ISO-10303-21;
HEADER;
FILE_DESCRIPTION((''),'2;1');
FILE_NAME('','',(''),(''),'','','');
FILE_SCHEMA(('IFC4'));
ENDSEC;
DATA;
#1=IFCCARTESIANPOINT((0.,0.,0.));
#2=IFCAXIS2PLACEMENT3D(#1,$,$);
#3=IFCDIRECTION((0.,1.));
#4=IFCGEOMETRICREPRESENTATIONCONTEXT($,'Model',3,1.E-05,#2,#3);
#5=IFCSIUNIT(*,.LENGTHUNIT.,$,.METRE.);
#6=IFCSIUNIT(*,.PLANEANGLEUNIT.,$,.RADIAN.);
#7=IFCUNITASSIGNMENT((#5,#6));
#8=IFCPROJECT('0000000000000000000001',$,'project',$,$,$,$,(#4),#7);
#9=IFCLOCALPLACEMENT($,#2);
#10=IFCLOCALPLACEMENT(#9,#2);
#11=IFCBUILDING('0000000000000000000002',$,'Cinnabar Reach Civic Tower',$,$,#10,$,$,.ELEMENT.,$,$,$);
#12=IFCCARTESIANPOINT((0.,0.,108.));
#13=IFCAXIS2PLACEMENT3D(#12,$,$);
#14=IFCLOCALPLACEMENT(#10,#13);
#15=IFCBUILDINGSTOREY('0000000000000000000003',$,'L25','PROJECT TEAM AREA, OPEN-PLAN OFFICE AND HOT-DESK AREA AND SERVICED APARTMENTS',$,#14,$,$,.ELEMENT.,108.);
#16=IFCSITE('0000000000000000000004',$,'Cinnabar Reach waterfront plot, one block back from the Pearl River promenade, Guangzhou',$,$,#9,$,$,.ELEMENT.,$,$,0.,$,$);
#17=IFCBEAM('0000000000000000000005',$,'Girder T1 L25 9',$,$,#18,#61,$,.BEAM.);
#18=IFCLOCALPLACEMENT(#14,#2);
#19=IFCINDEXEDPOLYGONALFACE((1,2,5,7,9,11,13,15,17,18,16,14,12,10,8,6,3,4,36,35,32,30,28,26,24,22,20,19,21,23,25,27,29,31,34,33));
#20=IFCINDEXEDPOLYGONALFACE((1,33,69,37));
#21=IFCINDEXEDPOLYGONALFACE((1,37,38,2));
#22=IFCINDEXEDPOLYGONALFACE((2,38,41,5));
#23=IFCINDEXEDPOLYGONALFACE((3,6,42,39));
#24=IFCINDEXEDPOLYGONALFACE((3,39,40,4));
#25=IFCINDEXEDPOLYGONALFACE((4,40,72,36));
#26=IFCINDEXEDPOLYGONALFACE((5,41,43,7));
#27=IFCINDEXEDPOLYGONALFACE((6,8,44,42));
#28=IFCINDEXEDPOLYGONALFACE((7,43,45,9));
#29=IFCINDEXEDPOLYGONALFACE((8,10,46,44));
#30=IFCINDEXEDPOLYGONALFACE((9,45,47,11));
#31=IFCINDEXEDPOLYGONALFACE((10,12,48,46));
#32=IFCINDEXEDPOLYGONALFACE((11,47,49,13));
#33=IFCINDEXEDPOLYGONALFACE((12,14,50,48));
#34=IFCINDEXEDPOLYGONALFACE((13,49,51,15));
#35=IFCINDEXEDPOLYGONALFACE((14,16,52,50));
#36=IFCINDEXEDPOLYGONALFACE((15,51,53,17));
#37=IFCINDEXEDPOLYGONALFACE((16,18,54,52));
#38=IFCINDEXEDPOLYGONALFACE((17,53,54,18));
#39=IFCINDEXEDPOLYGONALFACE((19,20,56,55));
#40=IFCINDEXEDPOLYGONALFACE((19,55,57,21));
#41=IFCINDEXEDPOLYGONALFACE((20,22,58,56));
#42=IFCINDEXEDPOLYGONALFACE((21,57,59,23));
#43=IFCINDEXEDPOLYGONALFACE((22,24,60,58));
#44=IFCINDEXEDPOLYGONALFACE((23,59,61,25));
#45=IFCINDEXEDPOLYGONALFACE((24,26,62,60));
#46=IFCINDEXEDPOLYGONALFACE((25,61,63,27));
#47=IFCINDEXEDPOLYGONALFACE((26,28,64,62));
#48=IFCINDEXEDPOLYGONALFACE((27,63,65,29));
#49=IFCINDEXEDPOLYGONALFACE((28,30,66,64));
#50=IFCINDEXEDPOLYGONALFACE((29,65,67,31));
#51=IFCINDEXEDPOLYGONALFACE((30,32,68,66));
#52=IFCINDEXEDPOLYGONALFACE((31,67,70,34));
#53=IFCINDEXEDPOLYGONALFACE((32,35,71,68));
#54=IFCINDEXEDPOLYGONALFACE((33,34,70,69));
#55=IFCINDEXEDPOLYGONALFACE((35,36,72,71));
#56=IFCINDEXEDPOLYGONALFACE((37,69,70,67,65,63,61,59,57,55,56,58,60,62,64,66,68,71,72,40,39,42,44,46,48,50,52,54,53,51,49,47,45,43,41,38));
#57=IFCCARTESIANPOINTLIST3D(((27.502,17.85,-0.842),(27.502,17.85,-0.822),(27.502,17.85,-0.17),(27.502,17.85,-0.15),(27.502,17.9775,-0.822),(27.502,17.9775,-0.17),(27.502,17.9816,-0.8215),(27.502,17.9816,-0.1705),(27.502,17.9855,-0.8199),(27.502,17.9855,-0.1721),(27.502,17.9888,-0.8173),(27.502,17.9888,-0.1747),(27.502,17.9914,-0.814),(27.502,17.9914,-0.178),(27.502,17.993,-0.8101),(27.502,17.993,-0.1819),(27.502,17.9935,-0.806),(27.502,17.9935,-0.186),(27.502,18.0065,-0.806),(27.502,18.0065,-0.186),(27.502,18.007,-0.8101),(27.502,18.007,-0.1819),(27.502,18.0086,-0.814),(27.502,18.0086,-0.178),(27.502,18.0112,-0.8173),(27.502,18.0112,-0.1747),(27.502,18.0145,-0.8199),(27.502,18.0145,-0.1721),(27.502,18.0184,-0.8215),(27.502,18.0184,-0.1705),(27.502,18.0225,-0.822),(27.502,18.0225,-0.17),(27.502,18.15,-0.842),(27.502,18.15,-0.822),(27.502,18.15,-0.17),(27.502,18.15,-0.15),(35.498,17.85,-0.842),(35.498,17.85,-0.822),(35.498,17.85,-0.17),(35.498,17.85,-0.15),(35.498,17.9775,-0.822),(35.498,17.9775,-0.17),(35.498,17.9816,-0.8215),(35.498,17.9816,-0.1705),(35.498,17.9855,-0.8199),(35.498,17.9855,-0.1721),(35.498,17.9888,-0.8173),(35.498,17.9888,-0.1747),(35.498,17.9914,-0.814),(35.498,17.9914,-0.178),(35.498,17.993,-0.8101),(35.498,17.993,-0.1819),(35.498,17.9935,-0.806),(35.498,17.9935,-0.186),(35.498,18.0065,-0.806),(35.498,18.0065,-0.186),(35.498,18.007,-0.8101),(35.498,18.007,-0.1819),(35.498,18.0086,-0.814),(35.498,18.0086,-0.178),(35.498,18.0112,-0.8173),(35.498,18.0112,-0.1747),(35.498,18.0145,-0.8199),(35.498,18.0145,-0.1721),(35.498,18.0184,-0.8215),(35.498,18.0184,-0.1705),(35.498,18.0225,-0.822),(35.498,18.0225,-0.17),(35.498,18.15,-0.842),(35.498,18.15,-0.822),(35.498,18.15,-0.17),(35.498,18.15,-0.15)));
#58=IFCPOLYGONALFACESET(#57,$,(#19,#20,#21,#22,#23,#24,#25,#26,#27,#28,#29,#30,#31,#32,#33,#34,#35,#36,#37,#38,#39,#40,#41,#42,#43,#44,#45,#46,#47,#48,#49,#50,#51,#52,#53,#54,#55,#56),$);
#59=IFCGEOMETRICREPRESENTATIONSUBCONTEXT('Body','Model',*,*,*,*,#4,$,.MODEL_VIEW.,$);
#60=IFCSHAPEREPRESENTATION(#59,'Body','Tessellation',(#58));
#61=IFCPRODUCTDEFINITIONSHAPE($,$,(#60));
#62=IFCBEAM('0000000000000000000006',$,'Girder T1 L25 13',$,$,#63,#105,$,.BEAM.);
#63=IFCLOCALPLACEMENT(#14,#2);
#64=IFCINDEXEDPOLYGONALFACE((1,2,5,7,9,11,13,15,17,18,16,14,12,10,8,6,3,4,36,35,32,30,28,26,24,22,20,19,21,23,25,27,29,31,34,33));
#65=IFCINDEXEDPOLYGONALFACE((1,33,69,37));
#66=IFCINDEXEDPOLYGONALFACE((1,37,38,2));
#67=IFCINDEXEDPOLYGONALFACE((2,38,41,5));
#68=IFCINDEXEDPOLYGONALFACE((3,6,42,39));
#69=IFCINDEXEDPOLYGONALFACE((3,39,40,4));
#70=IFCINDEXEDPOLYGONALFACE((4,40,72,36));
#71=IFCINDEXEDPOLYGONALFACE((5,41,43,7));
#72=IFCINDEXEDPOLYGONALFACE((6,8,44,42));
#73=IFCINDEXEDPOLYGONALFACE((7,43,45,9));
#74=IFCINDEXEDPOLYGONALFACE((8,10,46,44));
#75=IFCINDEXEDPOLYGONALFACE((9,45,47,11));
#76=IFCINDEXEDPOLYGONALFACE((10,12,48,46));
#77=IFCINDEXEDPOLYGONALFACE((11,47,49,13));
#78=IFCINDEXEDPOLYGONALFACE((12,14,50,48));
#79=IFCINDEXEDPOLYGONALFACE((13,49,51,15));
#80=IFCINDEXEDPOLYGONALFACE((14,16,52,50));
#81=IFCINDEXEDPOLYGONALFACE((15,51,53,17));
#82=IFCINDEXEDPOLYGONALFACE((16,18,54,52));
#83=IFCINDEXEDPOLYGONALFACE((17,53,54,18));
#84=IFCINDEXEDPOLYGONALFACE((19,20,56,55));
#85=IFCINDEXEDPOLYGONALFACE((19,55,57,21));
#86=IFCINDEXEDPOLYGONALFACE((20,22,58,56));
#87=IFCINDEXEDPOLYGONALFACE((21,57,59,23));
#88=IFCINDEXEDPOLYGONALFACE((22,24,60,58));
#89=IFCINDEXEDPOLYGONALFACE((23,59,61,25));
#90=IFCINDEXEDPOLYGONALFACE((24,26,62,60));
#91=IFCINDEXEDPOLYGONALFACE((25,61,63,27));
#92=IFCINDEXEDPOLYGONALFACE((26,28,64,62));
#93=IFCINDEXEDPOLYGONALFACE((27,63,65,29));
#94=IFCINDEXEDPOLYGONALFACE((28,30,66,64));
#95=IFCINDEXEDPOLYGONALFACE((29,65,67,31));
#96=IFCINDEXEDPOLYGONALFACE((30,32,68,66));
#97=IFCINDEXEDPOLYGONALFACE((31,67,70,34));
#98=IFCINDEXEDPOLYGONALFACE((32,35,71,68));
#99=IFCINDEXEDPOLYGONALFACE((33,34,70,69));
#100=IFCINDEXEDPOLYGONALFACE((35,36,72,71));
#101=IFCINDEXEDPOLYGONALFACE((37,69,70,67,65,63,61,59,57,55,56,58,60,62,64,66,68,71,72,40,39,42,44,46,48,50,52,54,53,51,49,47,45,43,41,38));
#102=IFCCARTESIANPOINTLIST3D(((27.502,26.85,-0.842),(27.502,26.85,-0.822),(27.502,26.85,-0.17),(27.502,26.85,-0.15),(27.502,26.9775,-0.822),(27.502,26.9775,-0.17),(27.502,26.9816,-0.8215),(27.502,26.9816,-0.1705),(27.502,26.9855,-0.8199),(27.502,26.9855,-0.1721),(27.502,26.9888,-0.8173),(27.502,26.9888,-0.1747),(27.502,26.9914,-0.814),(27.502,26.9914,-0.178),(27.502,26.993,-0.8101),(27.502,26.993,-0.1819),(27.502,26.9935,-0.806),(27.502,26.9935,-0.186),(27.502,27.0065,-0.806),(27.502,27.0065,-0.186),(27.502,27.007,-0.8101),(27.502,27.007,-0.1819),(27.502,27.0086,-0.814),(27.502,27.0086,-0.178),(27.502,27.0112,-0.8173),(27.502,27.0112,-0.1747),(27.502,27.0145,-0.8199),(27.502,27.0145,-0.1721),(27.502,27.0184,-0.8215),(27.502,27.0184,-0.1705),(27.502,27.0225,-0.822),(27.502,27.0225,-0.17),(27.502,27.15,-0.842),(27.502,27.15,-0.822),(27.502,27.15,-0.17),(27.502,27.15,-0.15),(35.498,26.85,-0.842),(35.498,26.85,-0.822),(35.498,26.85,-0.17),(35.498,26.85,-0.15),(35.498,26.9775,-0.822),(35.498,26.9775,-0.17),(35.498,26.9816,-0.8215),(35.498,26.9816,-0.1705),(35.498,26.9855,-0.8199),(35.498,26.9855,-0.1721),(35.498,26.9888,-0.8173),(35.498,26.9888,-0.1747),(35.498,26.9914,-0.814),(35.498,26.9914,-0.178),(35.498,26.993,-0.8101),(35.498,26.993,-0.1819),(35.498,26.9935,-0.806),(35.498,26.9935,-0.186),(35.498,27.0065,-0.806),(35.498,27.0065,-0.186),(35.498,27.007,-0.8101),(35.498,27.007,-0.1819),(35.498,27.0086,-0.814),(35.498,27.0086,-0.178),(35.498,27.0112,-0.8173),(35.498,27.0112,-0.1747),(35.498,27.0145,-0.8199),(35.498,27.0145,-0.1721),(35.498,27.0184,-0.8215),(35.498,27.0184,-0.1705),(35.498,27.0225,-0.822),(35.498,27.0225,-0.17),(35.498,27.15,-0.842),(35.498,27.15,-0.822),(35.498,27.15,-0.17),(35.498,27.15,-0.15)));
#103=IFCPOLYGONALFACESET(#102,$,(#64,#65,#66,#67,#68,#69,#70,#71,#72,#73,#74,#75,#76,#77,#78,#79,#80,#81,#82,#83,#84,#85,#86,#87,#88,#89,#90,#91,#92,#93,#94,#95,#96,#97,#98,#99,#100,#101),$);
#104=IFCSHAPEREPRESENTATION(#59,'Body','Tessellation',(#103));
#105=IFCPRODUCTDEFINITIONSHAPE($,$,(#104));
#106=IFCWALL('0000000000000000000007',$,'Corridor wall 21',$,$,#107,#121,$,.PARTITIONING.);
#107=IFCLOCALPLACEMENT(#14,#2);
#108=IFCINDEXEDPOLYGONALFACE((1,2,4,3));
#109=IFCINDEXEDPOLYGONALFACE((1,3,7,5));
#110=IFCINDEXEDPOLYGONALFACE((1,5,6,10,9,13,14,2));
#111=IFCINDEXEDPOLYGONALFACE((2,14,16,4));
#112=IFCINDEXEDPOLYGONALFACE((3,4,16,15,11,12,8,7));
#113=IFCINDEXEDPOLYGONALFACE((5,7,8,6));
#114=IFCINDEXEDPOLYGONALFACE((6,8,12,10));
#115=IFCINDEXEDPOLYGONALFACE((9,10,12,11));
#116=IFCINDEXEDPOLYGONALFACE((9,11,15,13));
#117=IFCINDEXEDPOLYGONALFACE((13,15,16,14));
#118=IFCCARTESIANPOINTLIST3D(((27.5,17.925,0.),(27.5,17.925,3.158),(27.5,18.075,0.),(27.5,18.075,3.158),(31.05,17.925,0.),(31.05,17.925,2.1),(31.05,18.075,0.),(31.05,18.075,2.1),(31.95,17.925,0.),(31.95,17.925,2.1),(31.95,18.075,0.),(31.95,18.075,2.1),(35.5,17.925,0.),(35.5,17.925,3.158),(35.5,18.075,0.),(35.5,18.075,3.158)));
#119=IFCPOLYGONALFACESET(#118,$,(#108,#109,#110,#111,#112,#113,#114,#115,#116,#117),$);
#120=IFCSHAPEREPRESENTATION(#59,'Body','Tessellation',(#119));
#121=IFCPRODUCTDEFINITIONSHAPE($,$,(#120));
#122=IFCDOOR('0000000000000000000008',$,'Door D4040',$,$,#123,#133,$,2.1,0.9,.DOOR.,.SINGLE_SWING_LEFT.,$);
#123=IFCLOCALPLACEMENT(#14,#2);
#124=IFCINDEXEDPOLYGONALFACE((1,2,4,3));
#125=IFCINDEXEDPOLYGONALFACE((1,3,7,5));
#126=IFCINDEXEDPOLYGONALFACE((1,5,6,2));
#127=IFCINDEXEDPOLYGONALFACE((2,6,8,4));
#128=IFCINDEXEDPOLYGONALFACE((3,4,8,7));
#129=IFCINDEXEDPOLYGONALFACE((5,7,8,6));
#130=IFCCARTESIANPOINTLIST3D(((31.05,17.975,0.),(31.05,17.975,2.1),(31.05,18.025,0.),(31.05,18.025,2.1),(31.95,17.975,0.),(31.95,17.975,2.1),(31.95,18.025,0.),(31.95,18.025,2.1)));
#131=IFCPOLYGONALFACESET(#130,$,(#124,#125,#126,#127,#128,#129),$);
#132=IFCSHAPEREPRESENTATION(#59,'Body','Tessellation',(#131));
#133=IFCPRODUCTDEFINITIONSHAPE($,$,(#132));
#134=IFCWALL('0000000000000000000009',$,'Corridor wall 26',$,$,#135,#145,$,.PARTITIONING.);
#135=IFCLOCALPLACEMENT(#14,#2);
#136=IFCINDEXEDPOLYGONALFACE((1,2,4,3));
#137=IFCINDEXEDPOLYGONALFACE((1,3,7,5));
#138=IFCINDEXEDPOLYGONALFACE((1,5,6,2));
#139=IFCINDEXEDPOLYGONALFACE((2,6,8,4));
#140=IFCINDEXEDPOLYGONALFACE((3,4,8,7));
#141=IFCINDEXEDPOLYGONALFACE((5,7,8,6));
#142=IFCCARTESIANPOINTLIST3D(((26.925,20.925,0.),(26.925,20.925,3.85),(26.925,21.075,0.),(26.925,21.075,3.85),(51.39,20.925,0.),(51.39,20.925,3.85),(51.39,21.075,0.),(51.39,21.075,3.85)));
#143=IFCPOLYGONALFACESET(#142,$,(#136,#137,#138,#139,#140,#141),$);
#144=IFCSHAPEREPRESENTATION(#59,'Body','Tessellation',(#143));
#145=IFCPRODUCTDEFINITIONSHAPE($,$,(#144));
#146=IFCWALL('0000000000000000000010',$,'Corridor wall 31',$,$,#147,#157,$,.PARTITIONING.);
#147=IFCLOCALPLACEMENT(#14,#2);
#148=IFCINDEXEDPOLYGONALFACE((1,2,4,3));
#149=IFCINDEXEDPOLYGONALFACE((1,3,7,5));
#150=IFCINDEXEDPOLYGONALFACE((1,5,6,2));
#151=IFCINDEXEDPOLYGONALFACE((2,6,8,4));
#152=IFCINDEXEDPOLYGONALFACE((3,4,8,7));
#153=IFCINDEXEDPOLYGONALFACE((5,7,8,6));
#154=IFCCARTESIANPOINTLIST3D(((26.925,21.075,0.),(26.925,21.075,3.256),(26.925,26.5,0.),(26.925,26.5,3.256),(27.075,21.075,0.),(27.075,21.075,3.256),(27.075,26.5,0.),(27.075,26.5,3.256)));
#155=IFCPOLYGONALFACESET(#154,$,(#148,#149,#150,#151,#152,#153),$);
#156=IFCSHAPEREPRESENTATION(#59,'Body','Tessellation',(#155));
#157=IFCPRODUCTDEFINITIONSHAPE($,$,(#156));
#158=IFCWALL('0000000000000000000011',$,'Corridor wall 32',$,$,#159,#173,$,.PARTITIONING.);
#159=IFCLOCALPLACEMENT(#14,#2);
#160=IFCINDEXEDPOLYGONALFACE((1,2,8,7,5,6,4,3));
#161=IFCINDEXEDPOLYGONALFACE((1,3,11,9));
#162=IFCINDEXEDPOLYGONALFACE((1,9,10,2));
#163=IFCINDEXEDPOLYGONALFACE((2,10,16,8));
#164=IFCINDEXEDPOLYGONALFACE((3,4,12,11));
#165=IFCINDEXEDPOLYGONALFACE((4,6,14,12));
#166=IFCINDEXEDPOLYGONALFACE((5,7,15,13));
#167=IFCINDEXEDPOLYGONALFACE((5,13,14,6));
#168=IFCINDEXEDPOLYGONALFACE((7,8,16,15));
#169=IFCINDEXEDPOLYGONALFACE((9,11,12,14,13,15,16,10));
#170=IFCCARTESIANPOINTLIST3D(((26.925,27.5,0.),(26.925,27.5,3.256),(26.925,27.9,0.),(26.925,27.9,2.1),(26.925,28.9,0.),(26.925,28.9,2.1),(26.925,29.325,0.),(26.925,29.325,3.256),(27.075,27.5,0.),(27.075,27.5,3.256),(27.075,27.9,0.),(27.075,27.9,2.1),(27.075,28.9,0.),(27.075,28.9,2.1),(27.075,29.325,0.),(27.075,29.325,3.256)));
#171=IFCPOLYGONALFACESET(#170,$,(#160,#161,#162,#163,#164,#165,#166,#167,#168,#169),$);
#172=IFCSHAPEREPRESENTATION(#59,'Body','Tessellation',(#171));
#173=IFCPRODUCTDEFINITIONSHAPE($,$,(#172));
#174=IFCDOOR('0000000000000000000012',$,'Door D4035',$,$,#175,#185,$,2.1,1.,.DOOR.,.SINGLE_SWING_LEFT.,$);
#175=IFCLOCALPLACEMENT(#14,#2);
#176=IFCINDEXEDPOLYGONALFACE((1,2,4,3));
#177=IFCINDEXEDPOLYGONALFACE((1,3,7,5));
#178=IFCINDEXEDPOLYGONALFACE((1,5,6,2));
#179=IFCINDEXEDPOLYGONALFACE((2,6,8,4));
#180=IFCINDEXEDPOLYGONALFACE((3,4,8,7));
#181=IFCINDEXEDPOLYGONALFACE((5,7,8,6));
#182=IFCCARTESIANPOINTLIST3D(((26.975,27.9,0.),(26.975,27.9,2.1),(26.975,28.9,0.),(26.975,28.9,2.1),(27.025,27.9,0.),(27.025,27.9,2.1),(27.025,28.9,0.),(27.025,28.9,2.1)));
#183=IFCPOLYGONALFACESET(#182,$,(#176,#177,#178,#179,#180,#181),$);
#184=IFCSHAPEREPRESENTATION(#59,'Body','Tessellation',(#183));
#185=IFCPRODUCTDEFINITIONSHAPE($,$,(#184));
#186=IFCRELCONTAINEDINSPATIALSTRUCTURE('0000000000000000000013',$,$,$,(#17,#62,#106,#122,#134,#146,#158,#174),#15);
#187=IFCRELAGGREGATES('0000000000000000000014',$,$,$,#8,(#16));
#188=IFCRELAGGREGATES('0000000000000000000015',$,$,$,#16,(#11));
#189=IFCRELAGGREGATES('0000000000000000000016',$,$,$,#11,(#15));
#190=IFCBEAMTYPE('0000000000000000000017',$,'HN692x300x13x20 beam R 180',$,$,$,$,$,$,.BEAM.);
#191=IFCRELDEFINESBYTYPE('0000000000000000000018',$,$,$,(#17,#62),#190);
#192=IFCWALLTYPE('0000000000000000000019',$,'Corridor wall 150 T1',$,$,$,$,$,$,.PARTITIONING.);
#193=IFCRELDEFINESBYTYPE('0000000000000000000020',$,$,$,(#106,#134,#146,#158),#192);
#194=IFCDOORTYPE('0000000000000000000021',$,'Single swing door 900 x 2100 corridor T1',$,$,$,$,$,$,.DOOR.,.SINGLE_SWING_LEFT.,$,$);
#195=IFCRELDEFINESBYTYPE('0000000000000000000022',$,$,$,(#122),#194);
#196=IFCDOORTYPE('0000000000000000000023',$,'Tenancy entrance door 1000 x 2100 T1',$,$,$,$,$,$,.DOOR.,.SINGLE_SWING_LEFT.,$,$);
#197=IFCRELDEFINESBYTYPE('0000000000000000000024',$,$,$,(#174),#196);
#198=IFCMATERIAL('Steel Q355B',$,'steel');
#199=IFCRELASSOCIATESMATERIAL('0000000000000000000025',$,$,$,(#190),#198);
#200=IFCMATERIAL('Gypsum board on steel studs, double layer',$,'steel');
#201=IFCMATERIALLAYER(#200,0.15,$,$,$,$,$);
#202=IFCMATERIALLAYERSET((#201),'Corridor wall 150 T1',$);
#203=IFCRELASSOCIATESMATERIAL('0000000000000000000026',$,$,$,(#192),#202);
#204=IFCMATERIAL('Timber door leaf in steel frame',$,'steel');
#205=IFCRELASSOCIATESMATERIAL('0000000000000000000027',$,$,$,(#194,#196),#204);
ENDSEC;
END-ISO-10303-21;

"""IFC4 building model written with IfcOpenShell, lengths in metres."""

from ifc_helpers import new_model, si_unit, direction, frame, frame_2d, origin, origin_2d, place, context, subcontext, project, spatial, rectangle, i_section, extrude, material, layer, layer_set, material_profile, profile_set, type_object, element, fill, save


model = new_model("IFC4")

# Units and contexts
model_context = context("Model", 3, precision=1e-05, world=origin(), true_north=direction((0.0, 1.0)))
body_context = subcontext(model_context, "Body", "Model", "MODEL_VIEW")
ifc_project = project(units=[si_unit("LENGTHUNIT", "METRE"), si_unit("PLANEANGLEUNIT", "RADIAN")], contexts=[model_context])

# Site, building, storey
site_placement = place(None, origin())
site = spatial("IfcSite", under=ifc_project, at=site_placement, Name="Cinnabar Reach waterfront plot, one block back from the Pearl River promenade, Guangzhou", CompositionType="ELEMENT", RefElevation=0.0)
building_placement = place(site_placement, origin())
building = spatial("IfcBuilding", under=site, at=building_placement, Name="Cinnabar Reach Civic Tower", CompositionType="ELEMENT")
storey_placement = place(building_placement, frame((0.0, 0.0, 108.0)))
storey = spatial("IfcBuildingStorey", under=building, at=storey_placement, Name="L25", Description="PROJECT TEAM AREA, OPEN-PLAN OFFICE AND HOT-DESK AREA AND SERVICED APARTMENTS", CompositionType="ELEMENT", Elevation=108.0)

# Beams
ifc_material_1 = material(Name="Steel Q355B", Category="steel")
ifc_material_profile_1 = material_profile(ifc_material_1, i_section(OverallWidth=0.3, OverallDepth=0.692, WebThickness=0.013, FlangeThickness=0.02, FilletRadius=0.016, at=origin_2d()), Name="HN692x300x13x20")
ifc_profile_set_1 = profile_set([ifc_material_profile_1], Name="Steel Q355B")
beam_type_1 = type_object("IfcBeamType", Name="HN692x300x13x20 beam R 180", PredefinedType="BEAM", material=ifc_profile_set_1)
for number, where, z_axis, x_axis, name in (
    (1, (27.502, 18.0, -0.496), (1.0, 0.0, 0.0), (0.0, 1.0, 0.0), "Girder T1 L25 9"),
    (2, (27.502, 27.0, -0.496), (1.0, 0.0, 0.0), (0.0, 1.0, 0.0), "Girder T1 L25 13"),
):
    element("IfcBeam", number, at=place(storey_placement, frame(where, z_axis=z_axis, x_axis=x_axis)), inside=storey, type_object=beam_type_1, Name=name, PredefinedType="BEAM", context=body_context, shape_type="SweptSolid", body=[
        extrude(i_section(OverallWidth=0.3, OverallDepth=0.692, WebThickness=0.013, FlangeThickness=0.02, FilletRadius=0.016, at=origin_2d()), origin(), (0.0, 0.0, 1.0), 7.996),
    ])

# Wall, opening, door
ifc_material_2 = material(Name="Gypsum board on steel studs, double layer", Category="steel")
ifc_layer_1 = layer(ifc_material_2, 0.15)
ifc_layer_set_1 = layer_set([ifc_layer_1], Name="Corridor wall 150 T1")
wall_type_1 = type_object("IfcWallType", Name="Corridor wall 150 T1", PredefinedType="PARTITIONING", material=ifc_layer_set_1)
wall_1_placement = place(storey_placement, frame((27.5, 18.0, 0.0), z_axis=(0.0, 0.0, 1.0), x_axis=(1.0, 0.0, 0.0)))
wall_1 = element("IfcWall", 3, at=wall_1_placement, inside=storey, type_object=wall_type_1, Name="Corridor wall 21", PredefinedType="PARTITIONING", context=body_context, shape_type="SweptSolid", body=[
    extrude(rectangle(XDim=8.0, YDim=0.15, at=frame_2d((4.0, 0.0))), origin(), (0.0, 0.0, 1.0), 3.158),
])
opening_1_placement = place(wall_1_placement, frame((3.55, 0.0, 0.0)))
opening_1 = element("IfcOpeningElement", 4, at=opening_1_placement, cuts=wall_1, PredefinedType="OPENING", context=body_context, shape_type="SweptSolid", body=[
    extrude(rectangle(XDim=0.9, YDim=2.1, at=frame_2d((0.45, 1.05))), frame((0.0, 0.085, 0.0), z_axis=(0.0, -1.0, 0.0), x_axis=(1.0, 0.0, 0.0)), (0.0, 0.0, 1.0), 0.17),
])
ifc_material_3 = material(Name="Timber door leaf in steel frame", Category="steel")
door_type_1 = type_object("IfcDoorType", Name="Single swing door 900 x 2100 corridor T1", OperationType="SINGLE_SWING_LEFT", PredefinedType="DOOR", material=ifc_material_3)
door_1_placement = place(opening_1_placement, frame((0.9, 0.0, 0.0), z_axis=(0.0, 0.0, 1.0), x_axis=(-1.0, 0.0, 0.0)))
door_1 = element("IfcDoor", 5, at=door_1_placement, inside=storey, type_object=door_type_1, Name="Door D4040", OperationType="SINGLE_SWING_LEFT", OverallHeight=2.1, OverallWidth=0.9, PredefinedType="DOOR", context=body_context, shape_type="SweptSolid", body=[
    extrude(rectangle(XDim=0.9, YDim=2.1, at=frame_2d((0.45, 1.05))), frame((0.0, 0.025, 0.0), z_axis=(0.0, -1.0, 0.0), x_axis=(1.0, 0.0, 0.0)), (0.0, 0.0, 1.0), 0.05),
])
fill(opening_1, door_1)

# Walls
wall_2_placement = place(storey_placement, frame((26.925, 21.0, 0.0), z_axis=(0.0, 0.0, 1.0), x_axis=(1.0, 0.0, 0.0)))
element("IfcWall", 6, at=wall_2_placement, inside=storey, type_object=wall_type_1, Name="Corridor wall 26", PredefinedType="PARTITIONING", context=body_context, shape_type="SweptSolid", body=[
    extrude(rectangle(XDim=24.465, YDim=0.15, at=frame_2d((12.2325, 0.0))), origin(), (0.0, 0.0, 1.0), 3.85),
])
wall_3_placement = place(storey_placement, frame((27.0, 21.075, 0.0), z_axis=(0.0, 0.0, 1.0), x_axis=(0.0, 1.0, 0.0)))
element("IfcWall", 7, at=wall_3_placement, inside=storey, type_object=wall_type_1, Name="Corridor wall 31", PredefinedType="PARTITIONING", context=body_context, shape_type="SweptSolid", body=[
    extrude(rectangle(XDim=5.425, YDim=0.15, at=frame_2d((2.7125, 0.0))), origin(), (0.0, 0.0, 1.0), 3.256),
])

# Wall, opening, door
wall_4_placement = place(storey_placement, frame((27.0, 27.5, 0.0), z_axis=(0.0, 0.0, 1.0), x_axis=(0.0, 1.0, 0.0)))
wall_4 = element("IfcWall", 8, at=wall_4_placement, inside=storey, type_object=wall_type_1, Name="Corridor wall 32", PredefinedType="PARTITIONING", context=body_context, shape_type="SweptSolid", body=[
    extrude(rectangle(XDim=1.825, YDim=0.15, at=frame_2d((0.9125, 0.0))), origin(), (0.0, 0.0, 1.0), 3.256),
])
opening_2_placement = place(wall_4_placement, frame((0.4, 0.0, 0.0)))
opening_2 = element("IfcOpeningElement", 9, at=opening_2_placement, cuts=wall_4, PredefinedType="OPENING", context=body_context, shape_type="SweptSolid", body=[
    extrude(rectangle(XDim=1.0, YDim=2.1, at=frame_2d((0.5, 1.05))), frame((0.0, 0.085, 0.0), z_axis=(0.0, -1.0, 0.0), x_axis=(1.0, 0.0, 0.0)), (0.0, 0.0, 1.0), 0.17),
])
door_type_2 = type_object("IfcDoorType", Name="Tenancy entrance door 1000 x 2100 T1", OperationType="SINGLE_SWING_LEFT", PredefinedType="DOOR", material=ifc_material_3)
door_2_placement = place(opening_2_placement, frame((1.0, 0.0, 0.0), z_axis=(0.0, 0.0, 1.0), x_axis=(-1.0, 0.0, 0.0)))
door_2 = element("IfcDoor", 10, at=door_2_placement, inside=storey, type_object=door_type_2, Name="Door D4035", OperationType="SINGLE_SWING_LEFT", OverallHeight=2.1, OverallWidth=1.0, PredefinedType="DOOR", context=body_context, shape_type="SweptSolid", body=[
    extrude(rectangle(XDim=1.0, YDim=2.1, at=frame_2d((0.5, 1.05))), frame((0.0, 0.025, 0.0), z_axis=(0.0, -1.0, 0.0), x_axis=(1.0, 0.0, 0.0)), (0.0, 0.0, 1.0), 0.05),
])
fill(opening_2, door_2)

save(model, "model.ifc")
